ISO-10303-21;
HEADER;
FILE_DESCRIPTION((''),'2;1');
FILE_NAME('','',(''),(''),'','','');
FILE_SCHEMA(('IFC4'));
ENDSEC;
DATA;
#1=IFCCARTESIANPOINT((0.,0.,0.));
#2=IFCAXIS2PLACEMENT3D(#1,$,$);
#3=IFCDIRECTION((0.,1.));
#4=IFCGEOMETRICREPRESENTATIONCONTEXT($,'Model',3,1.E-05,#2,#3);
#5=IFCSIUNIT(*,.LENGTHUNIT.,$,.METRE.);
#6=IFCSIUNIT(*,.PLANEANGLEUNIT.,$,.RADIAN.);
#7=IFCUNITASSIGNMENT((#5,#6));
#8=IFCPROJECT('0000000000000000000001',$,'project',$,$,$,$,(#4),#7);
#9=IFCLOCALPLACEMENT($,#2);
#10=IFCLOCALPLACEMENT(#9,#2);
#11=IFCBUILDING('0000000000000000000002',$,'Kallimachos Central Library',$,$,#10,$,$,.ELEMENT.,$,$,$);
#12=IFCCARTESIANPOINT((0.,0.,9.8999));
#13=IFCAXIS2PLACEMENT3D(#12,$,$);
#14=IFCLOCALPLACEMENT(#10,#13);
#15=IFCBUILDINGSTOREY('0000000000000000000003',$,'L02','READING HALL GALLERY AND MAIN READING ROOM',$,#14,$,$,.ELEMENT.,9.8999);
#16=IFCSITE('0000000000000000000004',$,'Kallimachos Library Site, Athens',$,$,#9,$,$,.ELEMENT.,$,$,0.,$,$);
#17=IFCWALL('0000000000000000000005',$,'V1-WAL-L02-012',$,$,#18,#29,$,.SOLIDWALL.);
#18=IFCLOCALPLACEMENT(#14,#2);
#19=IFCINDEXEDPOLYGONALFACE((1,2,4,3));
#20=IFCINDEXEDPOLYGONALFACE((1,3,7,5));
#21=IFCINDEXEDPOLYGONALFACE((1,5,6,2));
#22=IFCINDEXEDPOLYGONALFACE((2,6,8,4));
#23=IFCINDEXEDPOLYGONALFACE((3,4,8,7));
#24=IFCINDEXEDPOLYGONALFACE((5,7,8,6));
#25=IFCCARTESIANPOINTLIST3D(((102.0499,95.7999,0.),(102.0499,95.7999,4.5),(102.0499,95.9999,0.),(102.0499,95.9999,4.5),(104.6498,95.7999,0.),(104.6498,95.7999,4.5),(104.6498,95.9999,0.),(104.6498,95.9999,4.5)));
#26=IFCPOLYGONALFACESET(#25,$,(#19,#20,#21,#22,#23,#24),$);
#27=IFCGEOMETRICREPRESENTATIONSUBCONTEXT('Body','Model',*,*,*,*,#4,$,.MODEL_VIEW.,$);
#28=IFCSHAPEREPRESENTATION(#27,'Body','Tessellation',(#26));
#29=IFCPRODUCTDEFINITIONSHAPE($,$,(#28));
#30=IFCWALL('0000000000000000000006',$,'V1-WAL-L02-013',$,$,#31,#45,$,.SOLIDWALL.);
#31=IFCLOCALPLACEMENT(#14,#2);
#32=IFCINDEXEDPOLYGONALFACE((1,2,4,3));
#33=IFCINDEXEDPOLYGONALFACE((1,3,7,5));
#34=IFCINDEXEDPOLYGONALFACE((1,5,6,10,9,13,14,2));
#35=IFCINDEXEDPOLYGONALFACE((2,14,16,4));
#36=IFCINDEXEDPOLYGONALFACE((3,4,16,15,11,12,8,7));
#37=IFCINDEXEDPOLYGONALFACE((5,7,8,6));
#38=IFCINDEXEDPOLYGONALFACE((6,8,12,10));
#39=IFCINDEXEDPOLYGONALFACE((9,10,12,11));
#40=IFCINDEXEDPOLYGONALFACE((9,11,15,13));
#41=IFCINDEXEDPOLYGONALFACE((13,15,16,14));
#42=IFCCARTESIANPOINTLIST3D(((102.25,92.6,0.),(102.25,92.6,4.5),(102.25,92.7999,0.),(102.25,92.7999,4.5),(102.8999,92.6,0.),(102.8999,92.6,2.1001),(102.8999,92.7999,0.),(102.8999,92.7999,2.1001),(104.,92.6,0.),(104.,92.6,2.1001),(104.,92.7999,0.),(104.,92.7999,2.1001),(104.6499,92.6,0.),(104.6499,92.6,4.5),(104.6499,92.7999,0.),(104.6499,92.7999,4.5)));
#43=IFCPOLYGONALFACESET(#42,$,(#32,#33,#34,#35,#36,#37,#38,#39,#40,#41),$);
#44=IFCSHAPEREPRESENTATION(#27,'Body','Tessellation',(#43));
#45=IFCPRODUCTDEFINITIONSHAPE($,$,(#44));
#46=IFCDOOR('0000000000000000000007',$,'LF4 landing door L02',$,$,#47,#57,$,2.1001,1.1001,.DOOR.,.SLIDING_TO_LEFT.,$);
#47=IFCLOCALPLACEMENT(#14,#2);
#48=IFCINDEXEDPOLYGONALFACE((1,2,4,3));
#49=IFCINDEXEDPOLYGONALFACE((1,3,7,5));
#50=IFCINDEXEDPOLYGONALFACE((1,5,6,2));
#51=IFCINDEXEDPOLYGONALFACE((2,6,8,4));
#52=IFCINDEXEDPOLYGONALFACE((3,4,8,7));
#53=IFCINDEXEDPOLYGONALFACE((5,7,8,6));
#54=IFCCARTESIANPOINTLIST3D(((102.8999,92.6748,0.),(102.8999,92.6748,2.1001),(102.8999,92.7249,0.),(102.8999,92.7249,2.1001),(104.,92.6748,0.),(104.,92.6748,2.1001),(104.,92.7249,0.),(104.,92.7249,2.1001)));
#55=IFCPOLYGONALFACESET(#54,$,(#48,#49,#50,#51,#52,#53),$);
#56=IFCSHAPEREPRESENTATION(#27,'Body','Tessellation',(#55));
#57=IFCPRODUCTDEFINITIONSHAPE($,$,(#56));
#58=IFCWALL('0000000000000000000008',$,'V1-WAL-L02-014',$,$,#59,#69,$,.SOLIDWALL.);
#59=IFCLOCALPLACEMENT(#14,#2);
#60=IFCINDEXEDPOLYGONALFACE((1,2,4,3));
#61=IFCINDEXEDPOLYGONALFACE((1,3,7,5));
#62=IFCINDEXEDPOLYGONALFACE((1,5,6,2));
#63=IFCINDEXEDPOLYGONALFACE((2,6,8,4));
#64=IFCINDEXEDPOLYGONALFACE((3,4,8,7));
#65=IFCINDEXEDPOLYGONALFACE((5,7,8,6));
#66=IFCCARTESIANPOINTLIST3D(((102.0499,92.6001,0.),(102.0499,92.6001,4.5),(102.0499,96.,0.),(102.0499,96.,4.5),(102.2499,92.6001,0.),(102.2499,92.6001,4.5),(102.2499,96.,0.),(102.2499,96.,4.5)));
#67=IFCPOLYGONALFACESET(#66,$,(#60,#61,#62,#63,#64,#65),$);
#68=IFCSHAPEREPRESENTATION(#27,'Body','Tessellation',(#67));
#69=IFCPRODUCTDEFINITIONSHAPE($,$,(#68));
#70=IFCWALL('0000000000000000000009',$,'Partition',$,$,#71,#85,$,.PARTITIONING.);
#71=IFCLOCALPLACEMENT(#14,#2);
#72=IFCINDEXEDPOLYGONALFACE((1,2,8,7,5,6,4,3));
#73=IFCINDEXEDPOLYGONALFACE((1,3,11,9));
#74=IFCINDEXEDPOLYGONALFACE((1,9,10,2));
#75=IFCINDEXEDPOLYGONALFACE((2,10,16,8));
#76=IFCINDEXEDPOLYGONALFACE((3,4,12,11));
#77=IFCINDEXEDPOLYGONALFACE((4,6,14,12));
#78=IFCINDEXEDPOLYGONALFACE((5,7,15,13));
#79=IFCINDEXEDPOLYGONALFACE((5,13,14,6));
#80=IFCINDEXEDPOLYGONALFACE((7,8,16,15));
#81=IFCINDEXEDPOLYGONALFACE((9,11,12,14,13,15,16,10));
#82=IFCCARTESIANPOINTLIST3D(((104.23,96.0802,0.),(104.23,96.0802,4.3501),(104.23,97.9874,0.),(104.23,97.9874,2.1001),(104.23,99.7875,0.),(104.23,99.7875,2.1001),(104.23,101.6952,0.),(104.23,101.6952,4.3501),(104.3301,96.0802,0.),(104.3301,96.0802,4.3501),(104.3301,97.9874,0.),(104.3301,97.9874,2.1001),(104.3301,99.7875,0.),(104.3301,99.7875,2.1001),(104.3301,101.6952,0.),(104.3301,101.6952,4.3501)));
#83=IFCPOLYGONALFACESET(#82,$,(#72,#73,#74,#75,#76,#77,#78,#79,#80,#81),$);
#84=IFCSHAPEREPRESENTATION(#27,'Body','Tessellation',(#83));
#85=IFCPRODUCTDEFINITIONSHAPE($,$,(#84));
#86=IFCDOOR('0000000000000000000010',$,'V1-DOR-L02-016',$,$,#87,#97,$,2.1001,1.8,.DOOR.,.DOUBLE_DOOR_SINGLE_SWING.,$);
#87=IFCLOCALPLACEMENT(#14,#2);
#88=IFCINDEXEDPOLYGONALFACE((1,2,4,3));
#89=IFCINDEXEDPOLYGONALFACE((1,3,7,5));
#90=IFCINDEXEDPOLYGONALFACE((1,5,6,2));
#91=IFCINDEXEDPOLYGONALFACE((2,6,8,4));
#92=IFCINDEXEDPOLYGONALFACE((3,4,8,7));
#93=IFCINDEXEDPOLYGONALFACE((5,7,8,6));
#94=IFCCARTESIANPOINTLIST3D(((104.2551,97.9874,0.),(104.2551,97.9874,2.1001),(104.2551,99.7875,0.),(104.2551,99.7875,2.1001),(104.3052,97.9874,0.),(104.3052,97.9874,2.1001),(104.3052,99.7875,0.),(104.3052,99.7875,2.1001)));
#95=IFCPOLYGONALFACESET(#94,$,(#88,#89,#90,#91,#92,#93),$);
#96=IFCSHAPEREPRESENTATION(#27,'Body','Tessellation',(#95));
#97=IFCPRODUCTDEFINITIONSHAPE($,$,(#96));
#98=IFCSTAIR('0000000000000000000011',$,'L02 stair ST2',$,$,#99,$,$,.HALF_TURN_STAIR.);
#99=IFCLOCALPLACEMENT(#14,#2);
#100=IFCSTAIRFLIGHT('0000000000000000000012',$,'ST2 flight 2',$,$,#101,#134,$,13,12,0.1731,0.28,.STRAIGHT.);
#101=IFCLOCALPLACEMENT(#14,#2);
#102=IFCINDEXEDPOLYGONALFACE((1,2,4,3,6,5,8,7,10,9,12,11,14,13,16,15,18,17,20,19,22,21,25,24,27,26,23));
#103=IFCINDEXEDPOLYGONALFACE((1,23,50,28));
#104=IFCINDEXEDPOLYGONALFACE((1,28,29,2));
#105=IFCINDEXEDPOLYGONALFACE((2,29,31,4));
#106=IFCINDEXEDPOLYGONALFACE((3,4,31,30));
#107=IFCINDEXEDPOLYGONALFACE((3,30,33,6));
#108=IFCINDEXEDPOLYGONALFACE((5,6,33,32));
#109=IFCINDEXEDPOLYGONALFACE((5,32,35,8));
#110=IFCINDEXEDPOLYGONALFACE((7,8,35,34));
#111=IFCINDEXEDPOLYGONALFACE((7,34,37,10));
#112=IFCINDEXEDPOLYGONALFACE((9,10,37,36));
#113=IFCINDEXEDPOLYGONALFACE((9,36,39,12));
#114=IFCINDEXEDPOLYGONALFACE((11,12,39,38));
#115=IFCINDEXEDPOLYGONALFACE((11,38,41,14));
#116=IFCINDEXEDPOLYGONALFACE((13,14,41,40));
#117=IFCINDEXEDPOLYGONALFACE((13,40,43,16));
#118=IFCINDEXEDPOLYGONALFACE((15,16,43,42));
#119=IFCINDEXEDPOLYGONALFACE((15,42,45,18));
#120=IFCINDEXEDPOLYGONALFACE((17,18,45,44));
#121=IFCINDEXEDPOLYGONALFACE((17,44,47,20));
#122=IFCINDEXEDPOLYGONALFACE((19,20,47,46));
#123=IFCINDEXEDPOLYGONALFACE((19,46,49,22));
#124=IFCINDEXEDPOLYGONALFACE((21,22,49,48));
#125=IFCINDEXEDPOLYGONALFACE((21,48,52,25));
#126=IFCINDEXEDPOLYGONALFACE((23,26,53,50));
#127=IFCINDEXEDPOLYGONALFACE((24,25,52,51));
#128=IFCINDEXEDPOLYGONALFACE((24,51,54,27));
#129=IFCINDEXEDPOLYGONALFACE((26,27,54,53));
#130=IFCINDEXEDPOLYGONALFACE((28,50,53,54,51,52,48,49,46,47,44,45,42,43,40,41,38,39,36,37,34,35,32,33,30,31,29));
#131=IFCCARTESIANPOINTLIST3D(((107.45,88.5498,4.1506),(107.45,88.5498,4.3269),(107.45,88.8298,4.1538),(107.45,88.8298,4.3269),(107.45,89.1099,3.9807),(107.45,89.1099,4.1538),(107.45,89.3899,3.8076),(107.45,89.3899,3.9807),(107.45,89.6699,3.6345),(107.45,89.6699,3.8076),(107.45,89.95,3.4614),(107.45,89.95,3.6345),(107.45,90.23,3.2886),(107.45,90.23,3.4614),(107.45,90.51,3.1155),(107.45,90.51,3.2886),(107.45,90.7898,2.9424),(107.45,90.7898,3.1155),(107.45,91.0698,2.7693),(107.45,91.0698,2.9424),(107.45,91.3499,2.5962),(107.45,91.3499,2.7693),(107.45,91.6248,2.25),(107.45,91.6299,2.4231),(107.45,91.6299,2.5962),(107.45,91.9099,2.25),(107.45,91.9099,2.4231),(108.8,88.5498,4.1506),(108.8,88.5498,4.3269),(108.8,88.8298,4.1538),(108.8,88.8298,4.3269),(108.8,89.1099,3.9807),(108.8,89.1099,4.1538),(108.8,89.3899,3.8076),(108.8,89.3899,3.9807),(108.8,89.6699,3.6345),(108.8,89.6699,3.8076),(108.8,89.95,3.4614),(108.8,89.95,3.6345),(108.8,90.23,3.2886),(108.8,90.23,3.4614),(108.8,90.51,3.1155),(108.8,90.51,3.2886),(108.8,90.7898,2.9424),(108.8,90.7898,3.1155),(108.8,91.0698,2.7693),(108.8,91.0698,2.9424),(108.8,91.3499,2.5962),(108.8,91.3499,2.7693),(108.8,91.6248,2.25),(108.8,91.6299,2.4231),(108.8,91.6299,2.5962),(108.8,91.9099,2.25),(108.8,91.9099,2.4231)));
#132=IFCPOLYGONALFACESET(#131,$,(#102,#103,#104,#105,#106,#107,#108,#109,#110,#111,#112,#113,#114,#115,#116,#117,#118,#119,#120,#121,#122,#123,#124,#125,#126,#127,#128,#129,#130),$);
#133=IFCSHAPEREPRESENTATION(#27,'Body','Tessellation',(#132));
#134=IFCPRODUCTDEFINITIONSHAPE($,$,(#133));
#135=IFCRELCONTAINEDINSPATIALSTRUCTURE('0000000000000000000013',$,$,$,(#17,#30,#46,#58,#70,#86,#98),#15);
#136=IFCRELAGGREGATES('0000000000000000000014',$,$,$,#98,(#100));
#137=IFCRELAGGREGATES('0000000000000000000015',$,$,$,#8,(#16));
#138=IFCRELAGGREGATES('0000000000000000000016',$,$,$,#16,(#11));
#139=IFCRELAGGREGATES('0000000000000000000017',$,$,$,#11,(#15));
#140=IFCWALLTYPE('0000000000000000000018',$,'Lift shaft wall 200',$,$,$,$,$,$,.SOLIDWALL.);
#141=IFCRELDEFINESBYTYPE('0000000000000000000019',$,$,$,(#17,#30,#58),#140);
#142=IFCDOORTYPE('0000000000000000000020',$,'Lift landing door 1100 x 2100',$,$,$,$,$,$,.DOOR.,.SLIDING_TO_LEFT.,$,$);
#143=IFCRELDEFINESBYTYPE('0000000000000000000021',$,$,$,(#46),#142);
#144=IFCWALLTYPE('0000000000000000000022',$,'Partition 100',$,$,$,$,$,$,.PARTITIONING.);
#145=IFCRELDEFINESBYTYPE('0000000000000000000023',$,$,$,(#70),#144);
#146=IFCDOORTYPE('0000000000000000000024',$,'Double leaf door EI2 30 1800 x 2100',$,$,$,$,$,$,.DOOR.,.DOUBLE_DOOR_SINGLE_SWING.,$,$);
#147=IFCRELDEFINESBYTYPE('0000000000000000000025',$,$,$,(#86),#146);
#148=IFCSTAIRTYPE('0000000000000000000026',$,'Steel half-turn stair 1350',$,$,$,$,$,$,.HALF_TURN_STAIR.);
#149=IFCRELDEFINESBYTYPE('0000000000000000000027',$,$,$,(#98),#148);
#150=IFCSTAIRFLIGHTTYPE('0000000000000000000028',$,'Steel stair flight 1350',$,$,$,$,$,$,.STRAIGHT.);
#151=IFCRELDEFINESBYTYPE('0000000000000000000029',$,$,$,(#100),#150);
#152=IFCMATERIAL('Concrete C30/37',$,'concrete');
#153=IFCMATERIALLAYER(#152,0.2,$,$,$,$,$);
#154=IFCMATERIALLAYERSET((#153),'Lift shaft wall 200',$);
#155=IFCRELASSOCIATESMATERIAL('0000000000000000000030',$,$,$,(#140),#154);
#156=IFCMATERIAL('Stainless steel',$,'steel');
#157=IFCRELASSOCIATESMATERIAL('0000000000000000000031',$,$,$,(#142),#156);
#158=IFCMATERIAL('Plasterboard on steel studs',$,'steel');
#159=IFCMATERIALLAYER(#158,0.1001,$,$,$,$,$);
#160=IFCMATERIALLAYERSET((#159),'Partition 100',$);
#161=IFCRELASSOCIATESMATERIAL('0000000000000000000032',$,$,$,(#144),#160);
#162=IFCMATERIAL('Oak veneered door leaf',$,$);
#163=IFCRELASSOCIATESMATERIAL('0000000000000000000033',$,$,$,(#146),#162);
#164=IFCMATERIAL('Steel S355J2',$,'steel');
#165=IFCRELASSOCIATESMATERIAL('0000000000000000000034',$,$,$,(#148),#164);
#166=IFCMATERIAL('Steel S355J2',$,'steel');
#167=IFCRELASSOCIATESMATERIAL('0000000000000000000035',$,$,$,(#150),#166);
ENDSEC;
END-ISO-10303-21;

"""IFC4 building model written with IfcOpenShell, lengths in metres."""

from ifc_helpers import new_model, si_unit, direction, frame, frame_2d, origin, place, context, subcontext, project, spatial, polyline, rectangle, outline, extrude, material, layer, layer_set, type_object, element, fill, aggregate, save


model = new_model("IFC4")

# Units and contexts
model_context = context("Model", 3, precision=1e-05, world=origin(), true_north=direction((0.0, 1.0)))
body_context = subcontext(model_context, "Body", "Model", "MODEL_VIEW")
ifc_project = project(units=[si_unit("LENGTHUNIT", "METRE"), si_unit("PLANEANGLEUNIT", "RADIAN")], contexts=[model_context])

# Site, building, storey
site_placement = place(None, origin())
site = spatial("IfcSite", under=ifc_project, at=site_placement, Name="Kallimachos Library Site, Athens", CompositionType="ELEMENT", RefElevation=0.0)
building_placement = place(site_placement, origin())
building = spatial("IfcBuilding", under=site, at=building_placement, Name="Kallimachos Central Library", CompositionType="ELEMENT")
storey_placement = place(building_placement, frame((0.0, 0.0, 9.8999)))
storey = spatial("IfcBuildingStorey", under=building, at=storey_placement, Name="L02", Description="READING HALL GALLERY AND MAIN READING ROOM", CompositionType="ELEMENT", Elevation=9.8999)

# Shared definitions
ifc_material_1 = material(Name="Concrete C30/37", Category="concrete")
ifc_layer_1 = layer(ifc_material_1, 0.2)
ifc_layer_set_1 = layer_set([ifc_layer_1], Name="Lift shaft wall 200")
wall_type_1 = type_object("IfcWallType", Name="Lift shaft wall 200", PredefinedType="SOLIDWALL", material=ifc_layer_set_1)

# Shared definitions
ifc_material_2 = material(Name="Stainless steel", Category="steel")
door_type_1 = type_object("IfcDoorType", Name="Lift landing door 1100 x 2100", OperationType="SLIDING_TO_LEFT", PredefinedType="DOOR", material=ifc_material_2)

# Wall
wall_1_placement = place(storey_placement, frame((102.05, 95.8999, 0.0), z_axis=(0.0, 0.0, 1.0), x_axis=(1.0, 0.0, 0.0)))
element("IfcWall", 1, at=wall_1_placement, inside=storey, type_object=wall_type_1, Name="V1-WAL-L02-012", PredefinedType="SOLIDWALL", context=body_context, shape_type="SweptSolid", body=[
    extrude(rectangle(XDim=2.5999, YDim=0.2, at=frame_2d((1.2998, 0.0))), origin(), (0.0, 0.0, 1.0), 4.5),
])

# Wall, opening, door
wall_2_placement = place(storey_placement, frame((102.25, 92.7, 0.0), z_axis=(0.0, 0.0, 1.0), x_axis=(1.0, 0.0, 0.0)))
wall_2 = element("IfcWall", 2, at=wall_2_placement, inside=storey, type_object=wall_type_1, Name="V1-WAL-L02-013", PredefinedType="SOLIDWALL", context=body_context, shape_type="SweptSolid", body=[
    extrude(rectangle(XDim=2.3999, YDim=0.2, at=frame_2d((1.2, 0.0))), origin(), (0.0, 0.0, 1.0), 4.5),
])
opening_1_placement = place(wall_2_placement, frame((0.6499, 0.0, 0.0)))
opening_1 = element("IfcOpeningElement", 3, at=opening_1_placement, cuts=wall_2, PredefinedType="OPENING", context=body_context, shape_type="SweptSolid", body=[
    extrude(rectangle(XDim=1.1001, YDim=2.1001, at=frame_2d((0.55, 1.05))), frame((0.0, 0.1099, 0.0), z_axis=(0.0, -1.0, 0.0), x_axis=(1.0, 0.0, 0.0)), (0.0, 0.0, 1.0), 0.22),
])
door_1_placement = place(opening_1_placement, origin())
door_1 = element("IfcDoor", 4, at=door_1_placement, inside=storey, type_object=door_type_1, Name="LF4 landing door L02", OperationType="SLIDING_TO_LEFT", OverallHeight=2.1001, OverallWidth=1.1001, PredefinedType="DOOR", context=body_context, shape_type="SweptSolid", body=[
    extrude(rectangle(XDim=1.1001, YDim=2.1001, at=frame_2d((0.55, 1.05))), frame((0.0, 0.0249, 0.0), z_axis=(0.0, -1.0, 0.0), x_axis=(1.0, 0.0, 0.0)), (0.0, 0.0, 1.0), 0.05),
])
fill(opening_1, door_1)

# Wall
wall_3_placement = place(storey_placement, frame((102.1499, 92.6001, 0.0), z_axis=(0.0, 0.0, 1.0), x_axis=(0.0, 1.0, 0.0)))
element("IfcWall", 5, at=wall_3_placement, inside=storey, type_object=wall_type_1, Name="V1-WAL-L02-014", PredefinedType="SOLIDWALL", context=body_context, shape_type="SweptSolid", body=[
    extrude(rectangle(XDim=3.3999, YDim=0.2, at=frame_2d((1.7, 0.0))), origin(), (0.0, 0.0, 1.0), 4.5),
])

# Wall, opening, door
ifc_material_3 = material(Name="Plasterboard on steel studs", Category="steel")
ifc_layer_2 = layer(ifc_material_3, 0.1001)
ifc_layer_set_2 = layer_set([ifc_layer_2], Name="Partition 100")
wall_type_2 = type_object("IfcWallType", Name="Partition 100", PredefinedType="PARTITIONING", material=ifc_layer_set_2)
wall_4_placement = place(storey_placement, frame((104.28, 96.0801, 0.0), z_axis=(0.0, 0.0, 1.0), x_axis=(0.0, 1.0, 0.0)))
wall_4 = element("IfcWall", 6, at=wall_4_placement, inside=storey, type_object=wall_type_2, Name="Partition", PredefinedType="PARTITIONING", context=body_context, shape_type="SweptSolid", body=[
    extrude(rectangle(XDim=5.615, YDim=0.1001, at=frame_2d((2.8076, 0.0))), origin(), (0.0, 0.0, 1.0), 4.3501),
])
opening_2_placement = place(wall_4_placement, frame((1.9075, 0.0, 0.0)))
opening_2 = element("IfcOpeningElement", 7, at=opening_2_placement, cuts=wall_4, PredefinedType="OPENING", context=body_context, shape_type="SweptSolid", body=[
    extrude(rectangle(XDim=1.8, YDim=2.1001, at=frame_2d((0.8999, 1.05))), frame((0.0, 0.0601, 0.0), z_axis=(0.0, -1.0, 0.0), x_axis=(1.0, 0.0, 0.0)), (0.0, 0.0, 1.0), 0.1201),
])
ifc_material_4 = material(Name="Oak veneered door leaf")
door_type_2 = type_object("IfcDoorType", Name="Double leaf door EI2 30 1800 x 2100", OperationType="DOUBLE_DOOR_SINGLE_SWING", PredefinedType="DOOR", material=ifc_material_4)
door_2_placement = place(opening_2_placement, origin())
door_2 = element("IfcDoor", 8, at=door_2_placement, inside=storey, type_object=door_type_2, Name="V1-DOR-L02-016", OperationType="DOUBLE_DOOR_SINGLE_SWING", OverallHeight=2.1001, OverallWidth=1.8, PredefinedType="DOOR", context=body_context, shape_type="SweptSolid", body=[
    extrude(rectangle(XDim=1.8, YDim=2.1001, at=frame_2d((0.8999, 1.05))), frame((0.0, 0.0249, 0.0), z_axis=(0.0, -1.0, 0.0), x_axis=(1.0, 0.0, 0.0)), (0.0, 0.0, 1.0), 0.05),
])
fill(opening_2, door_2)

# Stair, stair flight
ifc_material_5 = material(Name="Steel S355J2", Category="steel")
stair_type = type_object("IfcStairType", Name="Steel half-turn stair 1350", PredefinedType="HALF_TURN_STAIR", material=ifc_material_5)
stair_placement = place(storey_placement, origin())
stair = element("IfcStair", 9, at=stair_placement, inside=storey, type_object=stair_type, Name="L02 stair ST2", PredefinedType="HALF_TURN_STAIR")
ifc_material_6 = material(Name="Steel S355J2", Category="steel")
stair_flight_type = type_object("IfcStairFlightType", Name="Steel stair flight 1350", PredefinedType="STRAIGHT", material=ifc_material_6)
stair_flight_placement = place(storey_placement, frame((108.125, 91.9099, 2.25), z_axis=(0.0, 0.0, 1.0), x_axis=(0.0, -1.0, 0.0)))
stair_flight = element("IfcStairFlight", 10, at=stair_flight_placement, type_object=stair_flight_type, Name="ST2 flight 2", NumberOfRisers=13, NumberOfTreads=12, PredefinedType="STRAIGHT", RiserHeight=0.1731, TreadLength=0.28, context=body_context, shape_type="SweptSolid", body=[
    extrude(outline(polyline([(0.0, 0.0), (0.0, 0.1731), (0.28, 0.1731), (0.28, 0.3462), (0.5601, 0.3462), (0.5601, 0.5193), (0.8401, 0.5193), (0.8401, 0.6924), (1.1201, 0.6924), (1.1201, 0.8655), (1.3999, 0.8655), (1.3999, 1.0386), (1.6799, 1.0386), (1.6799, 1.2114), (1.96, 1.2114), (1.96, 1.3845), (2.24, 1.3845), (2.24, 1.5576), (2.52, 1.5576), (2.52, 1.7307), (2.8, 1.7307), (2.8, 1.9038), (3.0801, 1.9038), (3.0801, 2.0769), (3.3601, 2.0769), (3.3601, 2.25), (3.3601, 1.9006), (0.2852, 0.0), (0.0, 0.0)])), frame((0.0, 0.675, 0.0), z_axis=(0.0, -1.0, 0.0), x_axis=(1.0, 0.0, 0.0)), (0.0, 0.0, 1.0), 1.3501),
])
aggregate(stair, [stair_flight])

save(model, "model.ifc")
